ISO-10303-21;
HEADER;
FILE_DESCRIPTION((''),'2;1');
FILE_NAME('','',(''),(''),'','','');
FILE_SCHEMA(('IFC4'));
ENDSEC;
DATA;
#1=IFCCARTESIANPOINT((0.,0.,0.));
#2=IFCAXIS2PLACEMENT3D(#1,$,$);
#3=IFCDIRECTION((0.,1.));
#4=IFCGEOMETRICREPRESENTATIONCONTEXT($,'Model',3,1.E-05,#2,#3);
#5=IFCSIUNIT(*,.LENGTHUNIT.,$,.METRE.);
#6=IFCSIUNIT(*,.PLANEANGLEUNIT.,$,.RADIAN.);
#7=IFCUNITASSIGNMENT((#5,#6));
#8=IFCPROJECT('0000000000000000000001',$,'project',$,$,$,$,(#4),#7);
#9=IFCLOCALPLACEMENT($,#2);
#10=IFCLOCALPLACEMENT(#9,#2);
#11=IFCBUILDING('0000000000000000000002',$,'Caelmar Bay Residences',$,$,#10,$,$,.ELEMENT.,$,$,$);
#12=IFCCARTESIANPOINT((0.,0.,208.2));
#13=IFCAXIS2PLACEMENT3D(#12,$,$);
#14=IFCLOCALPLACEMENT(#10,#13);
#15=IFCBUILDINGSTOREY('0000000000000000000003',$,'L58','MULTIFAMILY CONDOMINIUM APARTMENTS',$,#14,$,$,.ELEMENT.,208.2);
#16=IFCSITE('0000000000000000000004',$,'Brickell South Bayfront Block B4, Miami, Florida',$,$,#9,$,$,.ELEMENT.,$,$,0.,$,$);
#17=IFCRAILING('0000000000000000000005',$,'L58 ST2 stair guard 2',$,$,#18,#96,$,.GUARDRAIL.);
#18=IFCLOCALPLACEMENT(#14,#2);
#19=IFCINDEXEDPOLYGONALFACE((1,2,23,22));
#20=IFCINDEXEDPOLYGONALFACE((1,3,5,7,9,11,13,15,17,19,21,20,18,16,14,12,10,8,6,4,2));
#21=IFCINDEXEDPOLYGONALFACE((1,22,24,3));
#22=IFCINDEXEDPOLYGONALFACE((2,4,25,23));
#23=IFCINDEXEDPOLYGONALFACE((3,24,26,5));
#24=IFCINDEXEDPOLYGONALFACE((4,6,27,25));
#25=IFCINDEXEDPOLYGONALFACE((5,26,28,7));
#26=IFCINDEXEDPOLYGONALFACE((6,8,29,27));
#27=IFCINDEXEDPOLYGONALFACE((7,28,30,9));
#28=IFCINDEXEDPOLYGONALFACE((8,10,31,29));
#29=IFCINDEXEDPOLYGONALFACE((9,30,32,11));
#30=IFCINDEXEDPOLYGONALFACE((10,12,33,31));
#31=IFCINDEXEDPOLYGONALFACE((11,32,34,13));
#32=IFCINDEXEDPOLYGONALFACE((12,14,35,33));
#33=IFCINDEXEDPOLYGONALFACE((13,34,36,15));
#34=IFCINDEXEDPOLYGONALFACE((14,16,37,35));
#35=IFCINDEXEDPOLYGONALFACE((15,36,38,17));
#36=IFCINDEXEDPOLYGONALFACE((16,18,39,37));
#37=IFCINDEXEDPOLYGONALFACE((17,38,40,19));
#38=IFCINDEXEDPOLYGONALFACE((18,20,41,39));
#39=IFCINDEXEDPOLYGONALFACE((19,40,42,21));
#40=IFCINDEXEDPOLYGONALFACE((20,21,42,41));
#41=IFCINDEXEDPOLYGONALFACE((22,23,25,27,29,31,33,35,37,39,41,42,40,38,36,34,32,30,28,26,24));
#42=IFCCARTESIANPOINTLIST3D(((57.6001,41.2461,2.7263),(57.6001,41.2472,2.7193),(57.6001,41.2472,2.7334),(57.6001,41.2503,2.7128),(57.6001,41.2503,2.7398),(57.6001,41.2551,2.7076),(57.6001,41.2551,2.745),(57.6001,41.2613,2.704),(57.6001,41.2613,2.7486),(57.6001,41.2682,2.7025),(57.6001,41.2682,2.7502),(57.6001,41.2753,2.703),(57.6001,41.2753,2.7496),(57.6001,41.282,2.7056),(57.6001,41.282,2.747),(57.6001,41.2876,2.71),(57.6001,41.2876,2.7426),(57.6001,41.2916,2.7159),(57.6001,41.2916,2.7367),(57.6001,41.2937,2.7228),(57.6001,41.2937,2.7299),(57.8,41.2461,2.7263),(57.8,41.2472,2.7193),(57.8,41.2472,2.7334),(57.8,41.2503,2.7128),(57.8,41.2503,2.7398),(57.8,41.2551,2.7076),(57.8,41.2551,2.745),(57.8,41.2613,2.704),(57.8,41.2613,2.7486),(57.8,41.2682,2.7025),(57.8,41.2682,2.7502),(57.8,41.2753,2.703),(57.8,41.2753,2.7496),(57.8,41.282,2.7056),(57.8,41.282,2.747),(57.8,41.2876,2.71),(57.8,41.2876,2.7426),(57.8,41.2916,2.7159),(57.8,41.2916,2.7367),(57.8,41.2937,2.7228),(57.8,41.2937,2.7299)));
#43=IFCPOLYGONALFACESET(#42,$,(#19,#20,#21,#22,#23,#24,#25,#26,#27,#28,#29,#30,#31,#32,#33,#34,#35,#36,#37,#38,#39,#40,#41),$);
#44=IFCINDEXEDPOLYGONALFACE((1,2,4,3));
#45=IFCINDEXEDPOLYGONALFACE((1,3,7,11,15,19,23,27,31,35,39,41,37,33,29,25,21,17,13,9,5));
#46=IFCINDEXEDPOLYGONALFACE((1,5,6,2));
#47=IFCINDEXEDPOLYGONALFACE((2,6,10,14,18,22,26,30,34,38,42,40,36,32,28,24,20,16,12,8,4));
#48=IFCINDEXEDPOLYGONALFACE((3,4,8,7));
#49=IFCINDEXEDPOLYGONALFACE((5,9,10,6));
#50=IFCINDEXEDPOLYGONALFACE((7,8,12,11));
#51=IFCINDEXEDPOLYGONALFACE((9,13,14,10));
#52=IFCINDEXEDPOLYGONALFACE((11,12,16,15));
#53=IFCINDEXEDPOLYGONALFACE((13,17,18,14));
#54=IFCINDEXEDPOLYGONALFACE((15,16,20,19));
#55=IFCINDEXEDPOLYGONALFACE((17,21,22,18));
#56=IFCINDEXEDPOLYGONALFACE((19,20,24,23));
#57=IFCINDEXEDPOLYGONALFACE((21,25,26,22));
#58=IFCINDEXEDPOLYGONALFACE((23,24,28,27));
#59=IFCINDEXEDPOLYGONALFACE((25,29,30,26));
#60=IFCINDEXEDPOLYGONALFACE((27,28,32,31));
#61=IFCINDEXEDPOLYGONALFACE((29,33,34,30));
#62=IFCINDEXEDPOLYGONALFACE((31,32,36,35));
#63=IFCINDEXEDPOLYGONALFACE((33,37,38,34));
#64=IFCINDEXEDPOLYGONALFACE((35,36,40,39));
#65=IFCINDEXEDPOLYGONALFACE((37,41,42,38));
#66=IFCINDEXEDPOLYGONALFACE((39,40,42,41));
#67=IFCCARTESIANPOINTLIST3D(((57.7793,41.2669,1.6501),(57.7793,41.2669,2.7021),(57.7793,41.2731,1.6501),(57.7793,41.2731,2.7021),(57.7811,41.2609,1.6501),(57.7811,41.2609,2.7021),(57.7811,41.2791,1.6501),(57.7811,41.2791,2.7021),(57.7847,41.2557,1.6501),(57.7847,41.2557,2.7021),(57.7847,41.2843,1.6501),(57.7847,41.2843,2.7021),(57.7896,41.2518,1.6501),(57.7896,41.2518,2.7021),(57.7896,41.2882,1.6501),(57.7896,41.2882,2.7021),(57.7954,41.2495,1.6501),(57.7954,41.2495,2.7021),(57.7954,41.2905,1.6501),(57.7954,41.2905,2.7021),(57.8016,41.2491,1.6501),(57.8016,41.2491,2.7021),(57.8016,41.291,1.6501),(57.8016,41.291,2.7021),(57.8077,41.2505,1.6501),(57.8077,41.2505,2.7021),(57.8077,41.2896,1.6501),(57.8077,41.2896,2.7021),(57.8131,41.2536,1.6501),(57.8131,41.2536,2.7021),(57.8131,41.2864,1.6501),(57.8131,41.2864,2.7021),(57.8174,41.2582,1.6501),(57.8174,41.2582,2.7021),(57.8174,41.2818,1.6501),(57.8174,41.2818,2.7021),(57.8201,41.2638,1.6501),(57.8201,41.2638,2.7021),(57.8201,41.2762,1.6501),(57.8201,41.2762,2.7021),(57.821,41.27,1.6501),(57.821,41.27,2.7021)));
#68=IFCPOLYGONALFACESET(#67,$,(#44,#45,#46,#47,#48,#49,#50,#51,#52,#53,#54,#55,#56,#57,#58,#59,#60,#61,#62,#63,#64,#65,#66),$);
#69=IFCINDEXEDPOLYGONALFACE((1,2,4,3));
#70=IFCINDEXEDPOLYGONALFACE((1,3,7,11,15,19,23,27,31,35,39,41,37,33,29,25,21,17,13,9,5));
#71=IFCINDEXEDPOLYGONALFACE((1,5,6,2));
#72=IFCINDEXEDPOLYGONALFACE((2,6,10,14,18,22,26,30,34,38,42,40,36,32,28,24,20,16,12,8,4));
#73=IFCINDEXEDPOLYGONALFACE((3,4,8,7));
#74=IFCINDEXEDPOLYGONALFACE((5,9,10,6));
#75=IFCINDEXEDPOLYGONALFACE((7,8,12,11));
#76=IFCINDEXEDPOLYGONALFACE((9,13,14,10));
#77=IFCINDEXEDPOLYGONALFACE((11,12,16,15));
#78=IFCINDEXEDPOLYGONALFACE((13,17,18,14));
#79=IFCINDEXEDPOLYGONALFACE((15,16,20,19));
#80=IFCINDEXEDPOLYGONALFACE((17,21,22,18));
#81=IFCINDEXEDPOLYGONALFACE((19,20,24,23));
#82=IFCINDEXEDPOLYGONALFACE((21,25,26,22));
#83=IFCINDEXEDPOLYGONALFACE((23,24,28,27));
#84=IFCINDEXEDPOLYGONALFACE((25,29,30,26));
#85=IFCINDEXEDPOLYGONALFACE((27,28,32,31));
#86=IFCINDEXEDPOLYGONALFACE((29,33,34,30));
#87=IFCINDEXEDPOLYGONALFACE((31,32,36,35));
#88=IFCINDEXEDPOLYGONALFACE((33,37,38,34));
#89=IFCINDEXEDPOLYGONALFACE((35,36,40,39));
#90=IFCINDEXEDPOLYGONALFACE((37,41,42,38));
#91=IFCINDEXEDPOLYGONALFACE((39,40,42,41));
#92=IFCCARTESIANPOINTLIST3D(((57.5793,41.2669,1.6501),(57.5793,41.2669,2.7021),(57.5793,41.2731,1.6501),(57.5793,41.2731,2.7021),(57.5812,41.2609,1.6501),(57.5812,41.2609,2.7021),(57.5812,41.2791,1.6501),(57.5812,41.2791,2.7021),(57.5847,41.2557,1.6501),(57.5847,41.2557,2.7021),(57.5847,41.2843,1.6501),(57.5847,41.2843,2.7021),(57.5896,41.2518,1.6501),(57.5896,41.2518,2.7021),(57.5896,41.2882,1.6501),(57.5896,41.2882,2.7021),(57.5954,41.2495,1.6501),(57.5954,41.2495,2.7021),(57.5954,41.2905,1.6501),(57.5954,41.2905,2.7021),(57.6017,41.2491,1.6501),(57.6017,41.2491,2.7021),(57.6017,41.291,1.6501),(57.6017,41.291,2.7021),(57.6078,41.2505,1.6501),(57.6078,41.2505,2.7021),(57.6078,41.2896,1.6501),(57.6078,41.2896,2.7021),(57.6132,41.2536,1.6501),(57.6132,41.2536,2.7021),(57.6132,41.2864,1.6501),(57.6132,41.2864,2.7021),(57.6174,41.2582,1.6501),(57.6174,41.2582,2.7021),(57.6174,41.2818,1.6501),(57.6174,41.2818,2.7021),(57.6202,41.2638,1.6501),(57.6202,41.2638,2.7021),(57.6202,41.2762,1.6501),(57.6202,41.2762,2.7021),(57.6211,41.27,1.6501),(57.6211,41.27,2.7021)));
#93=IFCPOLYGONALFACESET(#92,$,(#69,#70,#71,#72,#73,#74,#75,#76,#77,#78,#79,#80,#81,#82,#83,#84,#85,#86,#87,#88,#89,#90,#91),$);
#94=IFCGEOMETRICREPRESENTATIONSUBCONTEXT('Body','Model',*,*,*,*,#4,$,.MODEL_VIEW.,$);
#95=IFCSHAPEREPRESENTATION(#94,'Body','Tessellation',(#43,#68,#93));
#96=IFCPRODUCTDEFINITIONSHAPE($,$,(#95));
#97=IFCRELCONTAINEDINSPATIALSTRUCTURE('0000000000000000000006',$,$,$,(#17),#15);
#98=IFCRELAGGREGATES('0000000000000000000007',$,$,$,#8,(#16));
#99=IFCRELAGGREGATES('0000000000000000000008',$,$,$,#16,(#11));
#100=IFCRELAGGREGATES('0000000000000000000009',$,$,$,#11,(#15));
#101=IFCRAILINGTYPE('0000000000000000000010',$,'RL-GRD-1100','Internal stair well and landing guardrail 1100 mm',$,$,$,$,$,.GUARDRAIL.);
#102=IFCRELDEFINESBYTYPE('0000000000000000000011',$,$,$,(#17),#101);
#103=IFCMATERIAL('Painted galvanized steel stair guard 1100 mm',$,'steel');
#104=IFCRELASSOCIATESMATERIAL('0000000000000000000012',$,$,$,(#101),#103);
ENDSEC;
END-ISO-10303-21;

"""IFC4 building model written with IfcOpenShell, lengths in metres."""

from ifc_helpers import new_model, si_unit, direction, frame, origin, origin_2d, place, context, subcontext, project, spatial, circle, extrude, material, type_object, element, save


model = new_model("IFC4")

# Units and contexts
model_context = context("Model", 3, precision=1e-05, world=origin(), true_north=direction((0.0, 1.0)))
body_context = subcontext(model_context, "Body", "Model", "MODEL_VIEW")
ifc_project = project(units=[si_unit("LENGTHUNIT", "METRE"), si_unit("PLANEANGLEUNIT", "RADIAN")], contexts=[model_context])

# Site, building, storey
site_placement = place(None, origin())
site = spatial("IfcSite", under=ifc_project, at=site_placement, Name="Brickell South Bayfront Block B4, Miami, Florida", CompositionType="ELEMENT", RefElevation=0.0)
building_placement = place(site_placement, origin())
building = spatial("IfcBuilding", under=site, at=building_placement, Name="Caelmar Bay Residences", CompositionType="ELEMENT")
storey_placement = place(building_placement, frame((0.0, 0.0, 208.2)))
storey = spatial("IfcBuildingStorey", under=building, at=storey_placement, Name="L58", Description="MULTIFAMILY CONDOMINIUM APARTMENTS", CompositionType="ELEMENT", Elevation=208.2)

# Railing
ifc_material_1 = material(Name="Painted galvanized steel stair guard 1100 mm", Category="steel")
railing_type_1 = type_object("IfcRailingType", Name="RL-GRD-1100", Description="Internal stair well and landing guardrail 1100 mm", PredefinedType="GUARDRAIL", material=ifc_material_1)
railing_1_placement = place(storey_placement, frame((57.8, 41.27, 1.6501)))
element("IfcRailing", 1, at=railing_1_placement, inside=storey, type_object=railing_type_1, Name="L58 ST2 stair guard 2", PredefinedType="GUARDRAIL", context=body_context, shape_type="SweptSolid", body=[
    extrude(circle(Radius=0.0239, at=origin_2d()), frame((0.0, 0.0, 1.0762), z_axis=(-1.0, 0.0, 0.0), x_axis=(0.0, -1.0, 0.0)), (0.0, 0.0, 1.0), 0.2),
    extrude(circle(Radius=0.021, at=origin_2d()), origin(), (0.0, 0.0, 1.0), 1.052),
    extrude(circle(Radius=0.021, at=origin_2d()), frame((-0.2, 0.0, 0.0)), (0.0, 0.0, 1.0), 1.052),
])

save(model, "model.ifc")
